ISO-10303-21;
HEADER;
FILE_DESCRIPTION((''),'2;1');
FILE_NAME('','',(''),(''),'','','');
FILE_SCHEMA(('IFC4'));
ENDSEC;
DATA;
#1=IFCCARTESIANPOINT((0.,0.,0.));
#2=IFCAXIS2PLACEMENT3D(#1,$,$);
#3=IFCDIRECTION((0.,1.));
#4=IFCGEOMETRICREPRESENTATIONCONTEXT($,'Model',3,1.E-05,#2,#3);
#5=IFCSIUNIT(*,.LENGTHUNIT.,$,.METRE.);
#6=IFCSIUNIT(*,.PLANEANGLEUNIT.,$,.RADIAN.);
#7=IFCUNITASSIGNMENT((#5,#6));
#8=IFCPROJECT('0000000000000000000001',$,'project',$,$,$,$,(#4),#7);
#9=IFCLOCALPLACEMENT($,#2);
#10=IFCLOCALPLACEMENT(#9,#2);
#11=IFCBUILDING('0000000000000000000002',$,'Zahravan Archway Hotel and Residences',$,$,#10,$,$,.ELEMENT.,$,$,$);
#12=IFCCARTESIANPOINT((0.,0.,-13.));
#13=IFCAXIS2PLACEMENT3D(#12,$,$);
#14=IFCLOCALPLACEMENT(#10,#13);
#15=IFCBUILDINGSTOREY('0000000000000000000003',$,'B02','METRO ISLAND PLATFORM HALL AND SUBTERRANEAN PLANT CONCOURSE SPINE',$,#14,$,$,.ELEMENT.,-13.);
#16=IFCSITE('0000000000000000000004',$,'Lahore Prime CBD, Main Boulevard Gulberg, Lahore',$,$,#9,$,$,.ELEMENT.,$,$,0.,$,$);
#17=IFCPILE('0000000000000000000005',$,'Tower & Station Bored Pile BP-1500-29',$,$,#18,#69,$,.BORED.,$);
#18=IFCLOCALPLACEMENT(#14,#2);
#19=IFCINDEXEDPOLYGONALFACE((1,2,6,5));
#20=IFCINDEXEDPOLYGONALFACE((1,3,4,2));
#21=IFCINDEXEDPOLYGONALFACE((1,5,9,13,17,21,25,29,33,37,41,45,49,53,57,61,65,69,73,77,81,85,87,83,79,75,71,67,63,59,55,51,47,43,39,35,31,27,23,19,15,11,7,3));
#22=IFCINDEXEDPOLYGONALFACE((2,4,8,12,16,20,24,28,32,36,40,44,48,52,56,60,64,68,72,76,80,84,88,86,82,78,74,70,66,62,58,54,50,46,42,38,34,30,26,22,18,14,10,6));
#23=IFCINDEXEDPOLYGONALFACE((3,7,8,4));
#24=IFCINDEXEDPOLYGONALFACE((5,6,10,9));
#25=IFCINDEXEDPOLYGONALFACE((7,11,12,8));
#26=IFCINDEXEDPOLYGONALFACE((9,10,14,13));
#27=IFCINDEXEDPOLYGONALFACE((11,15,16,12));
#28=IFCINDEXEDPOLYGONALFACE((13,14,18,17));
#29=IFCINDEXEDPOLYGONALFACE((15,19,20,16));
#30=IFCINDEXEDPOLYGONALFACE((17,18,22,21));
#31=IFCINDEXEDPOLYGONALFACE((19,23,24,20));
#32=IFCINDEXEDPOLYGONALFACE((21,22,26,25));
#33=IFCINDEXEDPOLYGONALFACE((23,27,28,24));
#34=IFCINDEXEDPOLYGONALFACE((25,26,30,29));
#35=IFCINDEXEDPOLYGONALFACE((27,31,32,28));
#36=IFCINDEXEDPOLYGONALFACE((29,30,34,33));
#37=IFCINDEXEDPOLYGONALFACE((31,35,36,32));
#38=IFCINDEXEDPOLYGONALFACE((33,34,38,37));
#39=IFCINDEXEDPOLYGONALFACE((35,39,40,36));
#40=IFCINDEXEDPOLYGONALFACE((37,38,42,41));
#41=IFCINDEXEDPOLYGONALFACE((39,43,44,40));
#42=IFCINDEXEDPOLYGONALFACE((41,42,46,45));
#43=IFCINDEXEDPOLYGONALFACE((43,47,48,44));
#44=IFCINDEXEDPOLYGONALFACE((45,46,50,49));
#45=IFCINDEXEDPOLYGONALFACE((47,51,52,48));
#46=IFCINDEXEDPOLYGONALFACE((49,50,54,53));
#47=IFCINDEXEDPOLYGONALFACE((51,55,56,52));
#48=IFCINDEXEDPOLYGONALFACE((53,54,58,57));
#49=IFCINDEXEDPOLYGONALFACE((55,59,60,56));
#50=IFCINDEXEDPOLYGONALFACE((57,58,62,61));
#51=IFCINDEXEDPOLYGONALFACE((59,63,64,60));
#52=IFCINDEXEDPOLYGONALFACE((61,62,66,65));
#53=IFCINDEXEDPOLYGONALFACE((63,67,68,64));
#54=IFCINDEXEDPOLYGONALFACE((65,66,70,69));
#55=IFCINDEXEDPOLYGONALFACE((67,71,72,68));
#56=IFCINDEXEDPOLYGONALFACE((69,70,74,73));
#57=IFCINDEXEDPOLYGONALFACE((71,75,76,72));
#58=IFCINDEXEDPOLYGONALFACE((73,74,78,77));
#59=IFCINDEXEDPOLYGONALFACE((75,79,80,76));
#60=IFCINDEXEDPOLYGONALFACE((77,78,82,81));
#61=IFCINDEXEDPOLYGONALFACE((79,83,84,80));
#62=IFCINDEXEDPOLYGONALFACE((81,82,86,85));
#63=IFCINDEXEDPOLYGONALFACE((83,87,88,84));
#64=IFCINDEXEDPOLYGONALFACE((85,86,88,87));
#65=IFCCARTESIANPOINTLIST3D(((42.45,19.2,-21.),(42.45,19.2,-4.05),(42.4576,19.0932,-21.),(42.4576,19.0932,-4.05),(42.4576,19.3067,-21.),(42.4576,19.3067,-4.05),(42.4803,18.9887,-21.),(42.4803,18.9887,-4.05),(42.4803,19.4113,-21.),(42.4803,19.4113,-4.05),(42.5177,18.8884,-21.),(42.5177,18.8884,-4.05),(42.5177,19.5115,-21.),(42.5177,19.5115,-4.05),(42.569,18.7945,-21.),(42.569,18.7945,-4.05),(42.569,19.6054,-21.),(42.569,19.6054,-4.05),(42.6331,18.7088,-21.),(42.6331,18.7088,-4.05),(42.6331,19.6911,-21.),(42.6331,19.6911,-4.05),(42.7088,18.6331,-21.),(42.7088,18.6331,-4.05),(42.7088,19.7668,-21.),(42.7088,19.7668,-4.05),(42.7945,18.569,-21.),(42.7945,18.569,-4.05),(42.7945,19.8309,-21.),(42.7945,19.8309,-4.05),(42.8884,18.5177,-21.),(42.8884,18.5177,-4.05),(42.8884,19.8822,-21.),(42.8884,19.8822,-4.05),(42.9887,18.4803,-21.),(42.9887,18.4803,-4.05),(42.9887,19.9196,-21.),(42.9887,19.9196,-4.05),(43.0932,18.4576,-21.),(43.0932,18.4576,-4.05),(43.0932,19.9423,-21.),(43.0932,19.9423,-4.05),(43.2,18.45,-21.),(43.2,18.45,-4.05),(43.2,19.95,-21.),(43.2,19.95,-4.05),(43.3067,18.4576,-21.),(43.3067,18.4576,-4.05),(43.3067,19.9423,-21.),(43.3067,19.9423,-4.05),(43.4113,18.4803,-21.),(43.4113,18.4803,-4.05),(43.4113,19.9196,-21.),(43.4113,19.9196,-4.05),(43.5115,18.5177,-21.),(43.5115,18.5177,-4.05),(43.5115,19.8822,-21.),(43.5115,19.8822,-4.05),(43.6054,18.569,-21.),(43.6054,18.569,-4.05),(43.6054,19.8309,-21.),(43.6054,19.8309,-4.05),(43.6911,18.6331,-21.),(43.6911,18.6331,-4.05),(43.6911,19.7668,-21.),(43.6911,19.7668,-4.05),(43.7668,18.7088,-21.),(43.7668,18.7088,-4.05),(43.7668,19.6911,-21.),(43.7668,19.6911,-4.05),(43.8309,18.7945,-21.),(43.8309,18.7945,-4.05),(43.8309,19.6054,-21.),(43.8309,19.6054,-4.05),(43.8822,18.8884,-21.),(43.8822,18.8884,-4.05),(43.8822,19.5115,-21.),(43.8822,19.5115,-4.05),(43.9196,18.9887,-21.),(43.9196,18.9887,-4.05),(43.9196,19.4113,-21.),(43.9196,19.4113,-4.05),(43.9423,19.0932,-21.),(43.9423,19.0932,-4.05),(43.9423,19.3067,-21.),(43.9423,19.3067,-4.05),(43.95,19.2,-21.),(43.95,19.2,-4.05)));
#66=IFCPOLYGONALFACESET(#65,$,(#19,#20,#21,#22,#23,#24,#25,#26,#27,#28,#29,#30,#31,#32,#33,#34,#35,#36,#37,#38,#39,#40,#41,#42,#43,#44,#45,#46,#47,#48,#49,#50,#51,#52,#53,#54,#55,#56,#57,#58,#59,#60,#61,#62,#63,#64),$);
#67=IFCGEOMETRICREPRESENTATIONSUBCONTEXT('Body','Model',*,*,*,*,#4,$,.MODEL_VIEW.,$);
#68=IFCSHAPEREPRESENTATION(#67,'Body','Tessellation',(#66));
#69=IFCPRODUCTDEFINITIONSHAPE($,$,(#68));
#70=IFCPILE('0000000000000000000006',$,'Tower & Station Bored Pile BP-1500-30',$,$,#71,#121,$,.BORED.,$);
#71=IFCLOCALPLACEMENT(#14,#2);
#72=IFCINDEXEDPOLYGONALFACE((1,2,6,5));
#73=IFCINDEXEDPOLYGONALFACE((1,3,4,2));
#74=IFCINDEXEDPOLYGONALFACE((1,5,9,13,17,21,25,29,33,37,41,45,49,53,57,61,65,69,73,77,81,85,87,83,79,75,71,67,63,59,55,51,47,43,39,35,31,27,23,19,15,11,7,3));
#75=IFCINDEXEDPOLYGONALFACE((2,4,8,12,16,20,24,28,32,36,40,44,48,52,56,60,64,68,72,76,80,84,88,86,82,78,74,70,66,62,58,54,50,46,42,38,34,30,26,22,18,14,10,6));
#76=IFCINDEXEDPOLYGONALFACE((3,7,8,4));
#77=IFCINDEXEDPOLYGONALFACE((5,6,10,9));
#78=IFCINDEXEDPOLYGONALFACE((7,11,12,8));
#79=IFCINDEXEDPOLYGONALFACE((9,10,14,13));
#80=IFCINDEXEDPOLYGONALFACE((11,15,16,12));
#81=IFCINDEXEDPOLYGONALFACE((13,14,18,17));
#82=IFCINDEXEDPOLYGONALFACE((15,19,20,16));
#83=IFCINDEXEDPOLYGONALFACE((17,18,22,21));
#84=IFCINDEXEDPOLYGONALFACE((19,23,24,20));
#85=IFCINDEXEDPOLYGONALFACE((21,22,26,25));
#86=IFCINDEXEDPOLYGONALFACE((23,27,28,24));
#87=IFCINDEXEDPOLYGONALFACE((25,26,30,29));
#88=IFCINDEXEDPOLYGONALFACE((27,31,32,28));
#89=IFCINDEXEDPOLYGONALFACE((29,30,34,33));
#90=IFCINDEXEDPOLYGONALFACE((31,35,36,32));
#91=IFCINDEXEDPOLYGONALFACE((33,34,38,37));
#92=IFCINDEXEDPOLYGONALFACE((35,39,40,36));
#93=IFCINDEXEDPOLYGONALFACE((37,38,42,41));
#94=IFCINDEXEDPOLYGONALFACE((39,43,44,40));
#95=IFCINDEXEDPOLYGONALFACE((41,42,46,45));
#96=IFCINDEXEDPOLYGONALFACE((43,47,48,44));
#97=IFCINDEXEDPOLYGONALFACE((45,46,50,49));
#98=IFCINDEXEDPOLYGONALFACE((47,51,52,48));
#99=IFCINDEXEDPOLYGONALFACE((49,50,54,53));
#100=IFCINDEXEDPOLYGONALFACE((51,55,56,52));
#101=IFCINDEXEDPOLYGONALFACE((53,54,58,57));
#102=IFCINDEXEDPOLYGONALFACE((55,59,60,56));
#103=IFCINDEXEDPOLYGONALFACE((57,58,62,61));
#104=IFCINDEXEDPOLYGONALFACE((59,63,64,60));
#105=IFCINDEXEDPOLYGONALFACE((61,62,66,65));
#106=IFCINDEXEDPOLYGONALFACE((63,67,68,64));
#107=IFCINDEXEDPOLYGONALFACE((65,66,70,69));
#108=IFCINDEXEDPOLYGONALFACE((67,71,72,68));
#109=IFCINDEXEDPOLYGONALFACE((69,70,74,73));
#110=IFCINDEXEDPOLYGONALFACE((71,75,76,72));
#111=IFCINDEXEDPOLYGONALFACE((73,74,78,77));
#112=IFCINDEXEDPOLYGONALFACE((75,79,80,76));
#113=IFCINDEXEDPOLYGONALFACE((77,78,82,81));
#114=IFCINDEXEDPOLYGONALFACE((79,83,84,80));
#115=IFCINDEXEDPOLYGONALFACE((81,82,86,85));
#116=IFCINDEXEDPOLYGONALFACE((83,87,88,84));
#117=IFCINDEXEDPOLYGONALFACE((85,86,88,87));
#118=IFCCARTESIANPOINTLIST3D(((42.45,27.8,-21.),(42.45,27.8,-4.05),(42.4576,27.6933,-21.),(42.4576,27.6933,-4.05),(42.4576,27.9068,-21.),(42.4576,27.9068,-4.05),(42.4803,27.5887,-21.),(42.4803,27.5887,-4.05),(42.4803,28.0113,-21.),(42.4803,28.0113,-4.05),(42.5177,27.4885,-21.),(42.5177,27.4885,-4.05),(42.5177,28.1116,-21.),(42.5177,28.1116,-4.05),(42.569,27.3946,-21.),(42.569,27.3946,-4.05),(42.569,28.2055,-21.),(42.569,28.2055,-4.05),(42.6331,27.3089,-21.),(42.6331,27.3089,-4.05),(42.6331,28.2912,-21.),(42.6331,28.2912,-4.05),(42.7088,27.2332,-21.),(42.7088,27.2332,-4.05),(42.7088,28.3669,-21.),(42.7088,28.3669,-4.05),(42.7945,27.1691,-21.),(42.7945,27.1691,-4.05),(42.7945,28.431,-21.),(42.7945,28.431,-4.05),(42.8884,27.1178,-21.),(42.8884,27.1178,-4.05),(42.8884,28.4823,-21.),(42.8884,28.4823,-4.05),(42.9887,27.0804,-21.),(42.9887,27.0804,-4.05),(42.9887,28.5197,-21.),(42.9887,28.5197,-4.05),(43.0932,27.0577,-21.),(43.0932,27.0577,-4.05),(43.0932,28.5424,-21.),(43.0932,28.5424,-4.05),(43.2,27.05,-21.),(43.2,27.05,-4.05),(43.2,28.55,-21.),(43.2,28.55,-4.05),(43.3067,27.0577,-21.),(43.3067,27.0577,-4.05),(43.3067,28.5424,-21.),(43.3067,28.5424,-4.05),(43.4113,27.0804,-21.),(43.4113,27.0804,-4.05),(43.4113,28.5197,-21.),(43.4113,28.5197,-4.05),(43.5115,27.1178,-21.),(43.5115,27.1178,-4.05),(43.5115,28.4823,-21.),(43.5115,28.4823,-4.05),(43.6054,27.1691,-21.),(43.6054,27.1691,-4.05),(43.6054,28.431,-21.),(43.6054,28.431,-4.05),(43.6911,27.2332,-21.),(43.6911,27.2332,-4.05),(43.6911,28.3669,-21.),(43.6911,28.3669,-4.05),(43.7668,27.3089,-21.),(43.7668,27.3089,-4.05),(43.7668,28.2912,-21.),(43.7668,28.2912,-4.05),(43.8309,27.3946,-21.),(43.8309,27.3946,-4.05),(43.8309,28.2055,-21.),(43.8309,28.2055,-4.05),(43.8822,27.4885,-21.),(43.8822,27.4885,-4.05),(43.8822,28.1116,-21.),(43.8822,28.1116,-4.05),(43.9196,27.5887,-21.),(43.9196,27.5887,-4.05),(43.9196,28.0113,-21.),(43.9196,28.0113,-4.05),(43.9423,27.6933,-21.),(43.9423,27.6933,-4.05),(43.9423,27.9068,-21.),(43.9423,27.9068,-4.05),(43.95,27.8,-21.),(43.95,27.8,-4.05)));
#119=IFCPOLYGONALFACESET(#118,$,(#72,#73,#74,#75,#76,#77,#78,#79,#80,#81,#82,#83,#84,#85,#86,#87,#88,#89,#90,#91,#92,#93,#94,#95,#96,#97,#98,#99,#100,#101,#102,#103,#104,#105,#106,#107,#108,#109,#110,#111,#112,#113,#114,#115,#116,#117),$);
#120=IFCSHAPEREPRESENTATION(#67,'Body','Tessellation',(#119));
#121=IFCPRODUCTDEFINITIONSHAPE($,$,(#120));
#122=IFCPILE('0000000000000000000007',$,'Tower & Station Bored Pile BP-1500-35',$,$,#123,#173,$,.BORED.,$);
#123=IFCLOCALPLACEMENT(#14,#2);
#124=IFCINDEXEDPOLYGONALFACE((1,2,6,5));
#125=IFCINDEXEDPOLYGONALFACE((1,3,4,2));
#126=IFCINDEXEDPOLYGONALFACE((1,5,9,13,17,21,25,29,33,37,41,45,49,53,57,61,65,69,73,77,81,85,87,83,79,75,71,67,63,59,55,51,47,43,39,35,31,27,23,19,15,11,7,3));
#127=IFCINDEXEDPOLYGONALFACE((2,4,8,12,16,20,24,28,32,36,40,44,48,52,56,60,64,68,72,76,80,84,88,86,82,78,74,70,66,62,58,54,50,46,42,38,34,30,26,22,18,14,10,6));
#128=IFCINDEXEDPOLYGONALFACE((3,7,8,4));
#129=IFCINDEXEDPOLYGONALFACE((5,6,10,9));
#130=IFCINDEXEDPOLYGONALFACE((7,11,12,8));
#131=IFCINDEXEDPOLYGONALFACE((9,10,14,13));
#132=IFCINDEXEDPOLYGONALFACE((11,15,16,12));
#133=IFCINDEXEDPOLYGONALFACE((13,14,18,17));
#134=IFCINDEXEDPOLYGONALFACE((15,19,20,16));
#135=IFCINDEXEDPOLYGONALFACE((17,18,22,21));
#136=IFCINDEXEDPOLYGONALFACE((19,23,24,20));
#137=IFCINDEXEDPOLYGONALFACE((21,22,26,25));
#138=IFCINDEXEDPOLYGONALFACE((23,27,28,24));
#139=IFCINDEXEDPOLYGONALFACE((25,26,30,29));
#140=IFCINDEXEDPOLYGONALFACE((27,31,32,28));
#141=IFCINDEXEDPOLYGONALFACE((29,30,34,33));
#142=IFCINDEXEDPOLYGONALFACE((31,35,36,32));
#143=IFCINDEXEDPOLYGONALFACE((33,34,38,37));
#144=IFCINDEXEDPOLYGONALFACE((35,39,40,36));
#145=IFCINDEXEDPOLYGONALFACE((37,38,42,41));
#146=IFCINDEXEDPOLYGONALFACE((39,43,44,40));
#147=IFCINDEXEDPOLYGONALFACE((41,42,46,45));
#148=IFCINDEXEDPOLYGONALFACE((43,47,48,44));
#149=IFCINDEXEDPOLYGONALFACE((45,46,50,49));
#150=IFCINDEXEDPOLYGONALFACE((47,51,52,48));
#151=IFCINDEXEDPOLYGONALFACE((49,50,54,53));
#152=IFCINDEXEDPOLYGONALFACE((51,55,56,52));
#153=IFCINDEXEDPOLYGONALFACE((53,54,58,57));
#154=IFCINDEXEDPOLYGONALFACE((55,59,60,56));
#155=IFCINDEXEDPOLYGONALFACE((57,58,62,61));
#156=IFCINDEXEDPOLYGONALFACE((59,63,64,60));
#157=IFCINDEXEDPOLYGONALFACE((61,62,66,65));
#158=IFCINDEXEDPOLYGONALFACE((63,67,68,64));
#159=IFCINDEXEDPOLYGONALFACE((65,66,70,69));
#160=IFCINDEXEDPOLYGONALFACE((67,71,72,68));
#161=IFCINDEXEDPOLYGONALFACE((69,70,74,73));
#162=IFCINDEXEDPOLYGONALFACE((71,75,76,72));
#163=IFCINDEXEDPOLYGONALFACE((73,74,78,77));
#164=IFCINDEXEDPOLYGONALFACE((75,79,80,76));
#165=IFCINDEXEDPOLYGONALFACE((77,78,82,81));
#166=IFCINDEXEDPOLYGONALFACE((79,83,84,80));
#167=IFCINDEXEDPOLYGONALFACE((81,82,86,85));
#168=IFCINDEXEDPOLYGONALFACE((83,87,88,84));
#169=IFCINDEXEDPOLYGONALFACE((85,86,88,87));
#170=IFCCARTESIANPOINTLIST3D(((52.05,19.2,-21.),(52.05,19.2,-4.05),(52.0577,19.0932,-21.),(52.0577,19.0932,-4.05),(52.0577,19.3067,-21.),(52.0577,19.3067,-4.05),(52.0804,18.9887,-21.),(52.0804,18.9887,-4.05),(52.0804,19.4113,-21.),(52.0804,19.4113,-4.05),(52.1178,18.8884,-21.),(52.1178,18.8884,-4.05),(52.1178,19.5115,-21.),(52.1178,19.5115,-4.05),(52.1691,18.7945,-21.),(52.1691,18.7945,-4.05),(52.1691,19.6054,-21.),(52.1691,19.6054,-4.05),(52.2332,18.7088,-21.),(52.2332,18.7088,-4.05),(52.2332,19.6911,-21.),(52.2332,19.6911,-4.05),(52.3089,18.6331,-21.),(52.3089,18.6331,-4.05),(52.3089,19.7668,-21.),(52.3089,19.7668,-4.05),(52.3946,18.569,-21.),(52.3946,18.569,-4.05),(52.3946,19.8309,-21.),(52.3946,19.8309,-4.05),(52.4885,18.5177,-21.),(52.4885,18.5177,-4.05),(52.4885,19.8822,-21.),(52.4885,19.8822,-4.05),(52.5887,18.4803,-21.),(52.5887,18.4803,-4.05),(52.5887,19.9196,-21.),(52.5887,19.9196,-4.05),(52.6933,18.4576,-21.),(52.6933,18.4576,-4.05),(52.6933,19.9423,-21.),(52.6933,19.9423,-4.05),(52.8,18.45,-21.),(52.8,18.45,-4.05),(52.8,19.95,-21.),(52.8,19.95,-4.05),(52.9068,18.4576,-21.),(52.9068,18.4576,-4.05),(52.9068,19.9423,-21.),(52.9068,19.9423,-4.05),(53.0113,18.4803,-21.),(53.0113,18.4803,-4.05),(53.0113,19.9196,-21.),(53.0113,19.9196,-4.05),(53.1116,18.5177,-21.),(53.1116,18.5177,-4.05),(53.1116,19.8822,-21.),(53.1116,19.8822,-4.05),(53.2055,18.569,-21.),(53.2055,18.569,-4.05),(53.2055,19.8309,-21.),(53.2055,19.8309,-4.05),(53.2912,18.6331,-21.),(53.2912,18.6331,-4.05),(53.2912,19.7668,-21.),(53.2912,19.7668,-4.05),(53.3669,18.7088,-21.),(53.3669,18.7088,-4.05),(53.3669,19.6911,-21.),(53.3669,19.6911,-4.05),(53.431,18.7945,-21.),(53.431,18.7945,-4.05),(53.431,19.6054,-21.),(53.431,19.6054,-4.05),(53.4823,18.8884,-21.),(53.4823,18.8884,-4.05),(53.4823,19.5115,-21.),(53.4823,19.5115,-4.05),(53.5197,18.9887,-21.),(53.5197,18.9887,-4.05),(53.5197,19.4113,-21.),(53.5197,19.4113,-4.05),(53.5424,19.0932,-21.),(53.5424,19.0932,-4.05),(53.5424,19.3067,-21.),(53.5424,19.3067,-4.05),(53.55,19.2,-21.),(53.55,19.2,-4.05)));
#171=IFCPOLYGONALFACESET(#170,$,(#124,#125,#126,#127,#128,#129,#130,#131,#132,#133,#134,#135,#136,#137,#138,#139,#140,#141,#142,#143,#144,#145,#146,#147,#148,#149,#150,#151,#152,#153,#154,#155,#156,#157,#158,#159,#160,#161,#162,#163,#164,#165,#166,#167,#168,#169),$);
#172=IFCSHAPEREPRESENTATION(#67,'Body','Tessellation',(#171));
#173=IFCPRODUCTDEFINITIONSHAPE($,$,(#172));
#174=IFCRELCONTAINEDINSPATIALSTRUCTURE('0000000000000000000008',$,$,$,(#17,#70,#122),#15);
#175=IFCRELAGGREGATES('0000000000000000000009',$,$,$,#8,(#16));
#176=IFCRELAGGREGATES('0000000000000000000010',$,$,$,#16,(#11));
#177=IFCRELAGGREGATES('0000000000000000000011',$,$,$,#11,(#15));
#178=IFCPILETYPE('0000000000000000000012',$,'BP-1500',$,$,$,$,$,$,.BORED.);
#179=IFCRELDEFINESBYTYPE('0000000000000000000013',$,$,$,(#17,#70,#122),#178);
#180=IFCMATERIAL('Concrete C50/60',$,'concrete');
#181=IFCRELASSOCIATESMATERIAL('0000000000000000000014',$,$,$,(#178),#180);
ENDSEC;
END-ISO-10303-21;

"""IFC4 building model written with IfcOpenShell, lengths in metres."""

from ifc_helpers import new_model, si_unit, direction, frame, origin, origin_2d, place, context, subcontext, project, spatial, circle, extrude, source, transform, mapped, material, material_profile, profile_set, type_object, type_shapes, element, save


model = new_model("IFC4")

# Units and contexts
model_context = context("Model", 3, precision=1e-05, world=origin(), true_north=direction((0.0, 1.0)))
body_context = subcontext(model_context, "Body", "Model", "MODEL_VIEW")
ifc_project = project(units=[si_unit("LENGTHUNIT", "METRE"), si_unit("PLANEANGLEUNIT", "RADIAN")], contexts=[model_context])

# Site, building, storey
site_placement = place(None, origin())
site = spatial("IfcSite", under=ifc_project, at=site_placement, Name="Lahore Prime CBD, Main Boulevard Gulberg, Lahore", CompositionType="ELEMENT", RefElevation=0.0)
building_placement = place(site_placement, origin())
building = spatial("IfcBuilding", under=site, at=building_placement, Name="Zahravan Archway Hotel and Residences", CompositionType="ELEMENT")
storey_placement = place(building_placement, frame((0.0, 0.0, -13.0)))
storey = spatial("IfcBuildingStorey", under=building, at=storey_placement, Name="B02", Description="METRO ISLAND PLATFORM HALL AND SUBTERRANEAN PLANT CONCOURSE SPINE", CompositionType="ELEMENT", Elevation=-13.0)

# Piles
ifc_material_1 = material(Name="Concrete C50/60", Category="concrete")
ifc_material_profile_1 = material_profile(ifc_material_1, circle(Radius=0.75, at=origin_2d()), Name="PILE D1500", Category="concrete")
ifc_profile_set_1 = profile_set([ifc_material_profile_1], Name="Concrete C50/60")
pile_type = type_object("IfcPileType", Name="BP-1500", PredefinedType="BORED", material=ifc_profile_set_1)
shared_shape_1 = source(origin(), body_context, "Body", "SweptSolid", [
    extrude(circle(Radius=0.75, at=origin_2d()), origin(), (0.0, 0.0, 1.0), 16.95),
])
type_shapes(pile_type, [shared_shape_1])
for number, where, z_axis, x_axis, name in (
    (1, (43.2, 19.2, -4.05), (0.0, 0.0, -1.0), (1.0, 0.0, 0.0), "Tower & Station Bored Pile BP-1500-29"),
    (2, (43.2, 27.8, -4.05), (0.0, 0.0, -1.0), (1.0, 0.0, 0.0), "Tower & Station Bored Pile BP-1500-30"),
    (3, (52.8, 19.2, -4.05), (0.0, 0.0, -1.0), (1.0, 0.0, 0.0), "Tower & Station Bored Pile BP-1500-35"),
):
    element("IfcPile", number, at=place(storey_placement, frame(where, z_axis=z_axis, x_axis=x_axis)), inside=storey, type_object=pile_type, Name=name, PredefinedType="BORED", context=body_context, shape_type="MappedRepresentation", body=[
        mapped(shared_shape_1, transform((0.0, 0.0, 0.0), scale=1.0)),
    ])

save(model, "model.ifc")
